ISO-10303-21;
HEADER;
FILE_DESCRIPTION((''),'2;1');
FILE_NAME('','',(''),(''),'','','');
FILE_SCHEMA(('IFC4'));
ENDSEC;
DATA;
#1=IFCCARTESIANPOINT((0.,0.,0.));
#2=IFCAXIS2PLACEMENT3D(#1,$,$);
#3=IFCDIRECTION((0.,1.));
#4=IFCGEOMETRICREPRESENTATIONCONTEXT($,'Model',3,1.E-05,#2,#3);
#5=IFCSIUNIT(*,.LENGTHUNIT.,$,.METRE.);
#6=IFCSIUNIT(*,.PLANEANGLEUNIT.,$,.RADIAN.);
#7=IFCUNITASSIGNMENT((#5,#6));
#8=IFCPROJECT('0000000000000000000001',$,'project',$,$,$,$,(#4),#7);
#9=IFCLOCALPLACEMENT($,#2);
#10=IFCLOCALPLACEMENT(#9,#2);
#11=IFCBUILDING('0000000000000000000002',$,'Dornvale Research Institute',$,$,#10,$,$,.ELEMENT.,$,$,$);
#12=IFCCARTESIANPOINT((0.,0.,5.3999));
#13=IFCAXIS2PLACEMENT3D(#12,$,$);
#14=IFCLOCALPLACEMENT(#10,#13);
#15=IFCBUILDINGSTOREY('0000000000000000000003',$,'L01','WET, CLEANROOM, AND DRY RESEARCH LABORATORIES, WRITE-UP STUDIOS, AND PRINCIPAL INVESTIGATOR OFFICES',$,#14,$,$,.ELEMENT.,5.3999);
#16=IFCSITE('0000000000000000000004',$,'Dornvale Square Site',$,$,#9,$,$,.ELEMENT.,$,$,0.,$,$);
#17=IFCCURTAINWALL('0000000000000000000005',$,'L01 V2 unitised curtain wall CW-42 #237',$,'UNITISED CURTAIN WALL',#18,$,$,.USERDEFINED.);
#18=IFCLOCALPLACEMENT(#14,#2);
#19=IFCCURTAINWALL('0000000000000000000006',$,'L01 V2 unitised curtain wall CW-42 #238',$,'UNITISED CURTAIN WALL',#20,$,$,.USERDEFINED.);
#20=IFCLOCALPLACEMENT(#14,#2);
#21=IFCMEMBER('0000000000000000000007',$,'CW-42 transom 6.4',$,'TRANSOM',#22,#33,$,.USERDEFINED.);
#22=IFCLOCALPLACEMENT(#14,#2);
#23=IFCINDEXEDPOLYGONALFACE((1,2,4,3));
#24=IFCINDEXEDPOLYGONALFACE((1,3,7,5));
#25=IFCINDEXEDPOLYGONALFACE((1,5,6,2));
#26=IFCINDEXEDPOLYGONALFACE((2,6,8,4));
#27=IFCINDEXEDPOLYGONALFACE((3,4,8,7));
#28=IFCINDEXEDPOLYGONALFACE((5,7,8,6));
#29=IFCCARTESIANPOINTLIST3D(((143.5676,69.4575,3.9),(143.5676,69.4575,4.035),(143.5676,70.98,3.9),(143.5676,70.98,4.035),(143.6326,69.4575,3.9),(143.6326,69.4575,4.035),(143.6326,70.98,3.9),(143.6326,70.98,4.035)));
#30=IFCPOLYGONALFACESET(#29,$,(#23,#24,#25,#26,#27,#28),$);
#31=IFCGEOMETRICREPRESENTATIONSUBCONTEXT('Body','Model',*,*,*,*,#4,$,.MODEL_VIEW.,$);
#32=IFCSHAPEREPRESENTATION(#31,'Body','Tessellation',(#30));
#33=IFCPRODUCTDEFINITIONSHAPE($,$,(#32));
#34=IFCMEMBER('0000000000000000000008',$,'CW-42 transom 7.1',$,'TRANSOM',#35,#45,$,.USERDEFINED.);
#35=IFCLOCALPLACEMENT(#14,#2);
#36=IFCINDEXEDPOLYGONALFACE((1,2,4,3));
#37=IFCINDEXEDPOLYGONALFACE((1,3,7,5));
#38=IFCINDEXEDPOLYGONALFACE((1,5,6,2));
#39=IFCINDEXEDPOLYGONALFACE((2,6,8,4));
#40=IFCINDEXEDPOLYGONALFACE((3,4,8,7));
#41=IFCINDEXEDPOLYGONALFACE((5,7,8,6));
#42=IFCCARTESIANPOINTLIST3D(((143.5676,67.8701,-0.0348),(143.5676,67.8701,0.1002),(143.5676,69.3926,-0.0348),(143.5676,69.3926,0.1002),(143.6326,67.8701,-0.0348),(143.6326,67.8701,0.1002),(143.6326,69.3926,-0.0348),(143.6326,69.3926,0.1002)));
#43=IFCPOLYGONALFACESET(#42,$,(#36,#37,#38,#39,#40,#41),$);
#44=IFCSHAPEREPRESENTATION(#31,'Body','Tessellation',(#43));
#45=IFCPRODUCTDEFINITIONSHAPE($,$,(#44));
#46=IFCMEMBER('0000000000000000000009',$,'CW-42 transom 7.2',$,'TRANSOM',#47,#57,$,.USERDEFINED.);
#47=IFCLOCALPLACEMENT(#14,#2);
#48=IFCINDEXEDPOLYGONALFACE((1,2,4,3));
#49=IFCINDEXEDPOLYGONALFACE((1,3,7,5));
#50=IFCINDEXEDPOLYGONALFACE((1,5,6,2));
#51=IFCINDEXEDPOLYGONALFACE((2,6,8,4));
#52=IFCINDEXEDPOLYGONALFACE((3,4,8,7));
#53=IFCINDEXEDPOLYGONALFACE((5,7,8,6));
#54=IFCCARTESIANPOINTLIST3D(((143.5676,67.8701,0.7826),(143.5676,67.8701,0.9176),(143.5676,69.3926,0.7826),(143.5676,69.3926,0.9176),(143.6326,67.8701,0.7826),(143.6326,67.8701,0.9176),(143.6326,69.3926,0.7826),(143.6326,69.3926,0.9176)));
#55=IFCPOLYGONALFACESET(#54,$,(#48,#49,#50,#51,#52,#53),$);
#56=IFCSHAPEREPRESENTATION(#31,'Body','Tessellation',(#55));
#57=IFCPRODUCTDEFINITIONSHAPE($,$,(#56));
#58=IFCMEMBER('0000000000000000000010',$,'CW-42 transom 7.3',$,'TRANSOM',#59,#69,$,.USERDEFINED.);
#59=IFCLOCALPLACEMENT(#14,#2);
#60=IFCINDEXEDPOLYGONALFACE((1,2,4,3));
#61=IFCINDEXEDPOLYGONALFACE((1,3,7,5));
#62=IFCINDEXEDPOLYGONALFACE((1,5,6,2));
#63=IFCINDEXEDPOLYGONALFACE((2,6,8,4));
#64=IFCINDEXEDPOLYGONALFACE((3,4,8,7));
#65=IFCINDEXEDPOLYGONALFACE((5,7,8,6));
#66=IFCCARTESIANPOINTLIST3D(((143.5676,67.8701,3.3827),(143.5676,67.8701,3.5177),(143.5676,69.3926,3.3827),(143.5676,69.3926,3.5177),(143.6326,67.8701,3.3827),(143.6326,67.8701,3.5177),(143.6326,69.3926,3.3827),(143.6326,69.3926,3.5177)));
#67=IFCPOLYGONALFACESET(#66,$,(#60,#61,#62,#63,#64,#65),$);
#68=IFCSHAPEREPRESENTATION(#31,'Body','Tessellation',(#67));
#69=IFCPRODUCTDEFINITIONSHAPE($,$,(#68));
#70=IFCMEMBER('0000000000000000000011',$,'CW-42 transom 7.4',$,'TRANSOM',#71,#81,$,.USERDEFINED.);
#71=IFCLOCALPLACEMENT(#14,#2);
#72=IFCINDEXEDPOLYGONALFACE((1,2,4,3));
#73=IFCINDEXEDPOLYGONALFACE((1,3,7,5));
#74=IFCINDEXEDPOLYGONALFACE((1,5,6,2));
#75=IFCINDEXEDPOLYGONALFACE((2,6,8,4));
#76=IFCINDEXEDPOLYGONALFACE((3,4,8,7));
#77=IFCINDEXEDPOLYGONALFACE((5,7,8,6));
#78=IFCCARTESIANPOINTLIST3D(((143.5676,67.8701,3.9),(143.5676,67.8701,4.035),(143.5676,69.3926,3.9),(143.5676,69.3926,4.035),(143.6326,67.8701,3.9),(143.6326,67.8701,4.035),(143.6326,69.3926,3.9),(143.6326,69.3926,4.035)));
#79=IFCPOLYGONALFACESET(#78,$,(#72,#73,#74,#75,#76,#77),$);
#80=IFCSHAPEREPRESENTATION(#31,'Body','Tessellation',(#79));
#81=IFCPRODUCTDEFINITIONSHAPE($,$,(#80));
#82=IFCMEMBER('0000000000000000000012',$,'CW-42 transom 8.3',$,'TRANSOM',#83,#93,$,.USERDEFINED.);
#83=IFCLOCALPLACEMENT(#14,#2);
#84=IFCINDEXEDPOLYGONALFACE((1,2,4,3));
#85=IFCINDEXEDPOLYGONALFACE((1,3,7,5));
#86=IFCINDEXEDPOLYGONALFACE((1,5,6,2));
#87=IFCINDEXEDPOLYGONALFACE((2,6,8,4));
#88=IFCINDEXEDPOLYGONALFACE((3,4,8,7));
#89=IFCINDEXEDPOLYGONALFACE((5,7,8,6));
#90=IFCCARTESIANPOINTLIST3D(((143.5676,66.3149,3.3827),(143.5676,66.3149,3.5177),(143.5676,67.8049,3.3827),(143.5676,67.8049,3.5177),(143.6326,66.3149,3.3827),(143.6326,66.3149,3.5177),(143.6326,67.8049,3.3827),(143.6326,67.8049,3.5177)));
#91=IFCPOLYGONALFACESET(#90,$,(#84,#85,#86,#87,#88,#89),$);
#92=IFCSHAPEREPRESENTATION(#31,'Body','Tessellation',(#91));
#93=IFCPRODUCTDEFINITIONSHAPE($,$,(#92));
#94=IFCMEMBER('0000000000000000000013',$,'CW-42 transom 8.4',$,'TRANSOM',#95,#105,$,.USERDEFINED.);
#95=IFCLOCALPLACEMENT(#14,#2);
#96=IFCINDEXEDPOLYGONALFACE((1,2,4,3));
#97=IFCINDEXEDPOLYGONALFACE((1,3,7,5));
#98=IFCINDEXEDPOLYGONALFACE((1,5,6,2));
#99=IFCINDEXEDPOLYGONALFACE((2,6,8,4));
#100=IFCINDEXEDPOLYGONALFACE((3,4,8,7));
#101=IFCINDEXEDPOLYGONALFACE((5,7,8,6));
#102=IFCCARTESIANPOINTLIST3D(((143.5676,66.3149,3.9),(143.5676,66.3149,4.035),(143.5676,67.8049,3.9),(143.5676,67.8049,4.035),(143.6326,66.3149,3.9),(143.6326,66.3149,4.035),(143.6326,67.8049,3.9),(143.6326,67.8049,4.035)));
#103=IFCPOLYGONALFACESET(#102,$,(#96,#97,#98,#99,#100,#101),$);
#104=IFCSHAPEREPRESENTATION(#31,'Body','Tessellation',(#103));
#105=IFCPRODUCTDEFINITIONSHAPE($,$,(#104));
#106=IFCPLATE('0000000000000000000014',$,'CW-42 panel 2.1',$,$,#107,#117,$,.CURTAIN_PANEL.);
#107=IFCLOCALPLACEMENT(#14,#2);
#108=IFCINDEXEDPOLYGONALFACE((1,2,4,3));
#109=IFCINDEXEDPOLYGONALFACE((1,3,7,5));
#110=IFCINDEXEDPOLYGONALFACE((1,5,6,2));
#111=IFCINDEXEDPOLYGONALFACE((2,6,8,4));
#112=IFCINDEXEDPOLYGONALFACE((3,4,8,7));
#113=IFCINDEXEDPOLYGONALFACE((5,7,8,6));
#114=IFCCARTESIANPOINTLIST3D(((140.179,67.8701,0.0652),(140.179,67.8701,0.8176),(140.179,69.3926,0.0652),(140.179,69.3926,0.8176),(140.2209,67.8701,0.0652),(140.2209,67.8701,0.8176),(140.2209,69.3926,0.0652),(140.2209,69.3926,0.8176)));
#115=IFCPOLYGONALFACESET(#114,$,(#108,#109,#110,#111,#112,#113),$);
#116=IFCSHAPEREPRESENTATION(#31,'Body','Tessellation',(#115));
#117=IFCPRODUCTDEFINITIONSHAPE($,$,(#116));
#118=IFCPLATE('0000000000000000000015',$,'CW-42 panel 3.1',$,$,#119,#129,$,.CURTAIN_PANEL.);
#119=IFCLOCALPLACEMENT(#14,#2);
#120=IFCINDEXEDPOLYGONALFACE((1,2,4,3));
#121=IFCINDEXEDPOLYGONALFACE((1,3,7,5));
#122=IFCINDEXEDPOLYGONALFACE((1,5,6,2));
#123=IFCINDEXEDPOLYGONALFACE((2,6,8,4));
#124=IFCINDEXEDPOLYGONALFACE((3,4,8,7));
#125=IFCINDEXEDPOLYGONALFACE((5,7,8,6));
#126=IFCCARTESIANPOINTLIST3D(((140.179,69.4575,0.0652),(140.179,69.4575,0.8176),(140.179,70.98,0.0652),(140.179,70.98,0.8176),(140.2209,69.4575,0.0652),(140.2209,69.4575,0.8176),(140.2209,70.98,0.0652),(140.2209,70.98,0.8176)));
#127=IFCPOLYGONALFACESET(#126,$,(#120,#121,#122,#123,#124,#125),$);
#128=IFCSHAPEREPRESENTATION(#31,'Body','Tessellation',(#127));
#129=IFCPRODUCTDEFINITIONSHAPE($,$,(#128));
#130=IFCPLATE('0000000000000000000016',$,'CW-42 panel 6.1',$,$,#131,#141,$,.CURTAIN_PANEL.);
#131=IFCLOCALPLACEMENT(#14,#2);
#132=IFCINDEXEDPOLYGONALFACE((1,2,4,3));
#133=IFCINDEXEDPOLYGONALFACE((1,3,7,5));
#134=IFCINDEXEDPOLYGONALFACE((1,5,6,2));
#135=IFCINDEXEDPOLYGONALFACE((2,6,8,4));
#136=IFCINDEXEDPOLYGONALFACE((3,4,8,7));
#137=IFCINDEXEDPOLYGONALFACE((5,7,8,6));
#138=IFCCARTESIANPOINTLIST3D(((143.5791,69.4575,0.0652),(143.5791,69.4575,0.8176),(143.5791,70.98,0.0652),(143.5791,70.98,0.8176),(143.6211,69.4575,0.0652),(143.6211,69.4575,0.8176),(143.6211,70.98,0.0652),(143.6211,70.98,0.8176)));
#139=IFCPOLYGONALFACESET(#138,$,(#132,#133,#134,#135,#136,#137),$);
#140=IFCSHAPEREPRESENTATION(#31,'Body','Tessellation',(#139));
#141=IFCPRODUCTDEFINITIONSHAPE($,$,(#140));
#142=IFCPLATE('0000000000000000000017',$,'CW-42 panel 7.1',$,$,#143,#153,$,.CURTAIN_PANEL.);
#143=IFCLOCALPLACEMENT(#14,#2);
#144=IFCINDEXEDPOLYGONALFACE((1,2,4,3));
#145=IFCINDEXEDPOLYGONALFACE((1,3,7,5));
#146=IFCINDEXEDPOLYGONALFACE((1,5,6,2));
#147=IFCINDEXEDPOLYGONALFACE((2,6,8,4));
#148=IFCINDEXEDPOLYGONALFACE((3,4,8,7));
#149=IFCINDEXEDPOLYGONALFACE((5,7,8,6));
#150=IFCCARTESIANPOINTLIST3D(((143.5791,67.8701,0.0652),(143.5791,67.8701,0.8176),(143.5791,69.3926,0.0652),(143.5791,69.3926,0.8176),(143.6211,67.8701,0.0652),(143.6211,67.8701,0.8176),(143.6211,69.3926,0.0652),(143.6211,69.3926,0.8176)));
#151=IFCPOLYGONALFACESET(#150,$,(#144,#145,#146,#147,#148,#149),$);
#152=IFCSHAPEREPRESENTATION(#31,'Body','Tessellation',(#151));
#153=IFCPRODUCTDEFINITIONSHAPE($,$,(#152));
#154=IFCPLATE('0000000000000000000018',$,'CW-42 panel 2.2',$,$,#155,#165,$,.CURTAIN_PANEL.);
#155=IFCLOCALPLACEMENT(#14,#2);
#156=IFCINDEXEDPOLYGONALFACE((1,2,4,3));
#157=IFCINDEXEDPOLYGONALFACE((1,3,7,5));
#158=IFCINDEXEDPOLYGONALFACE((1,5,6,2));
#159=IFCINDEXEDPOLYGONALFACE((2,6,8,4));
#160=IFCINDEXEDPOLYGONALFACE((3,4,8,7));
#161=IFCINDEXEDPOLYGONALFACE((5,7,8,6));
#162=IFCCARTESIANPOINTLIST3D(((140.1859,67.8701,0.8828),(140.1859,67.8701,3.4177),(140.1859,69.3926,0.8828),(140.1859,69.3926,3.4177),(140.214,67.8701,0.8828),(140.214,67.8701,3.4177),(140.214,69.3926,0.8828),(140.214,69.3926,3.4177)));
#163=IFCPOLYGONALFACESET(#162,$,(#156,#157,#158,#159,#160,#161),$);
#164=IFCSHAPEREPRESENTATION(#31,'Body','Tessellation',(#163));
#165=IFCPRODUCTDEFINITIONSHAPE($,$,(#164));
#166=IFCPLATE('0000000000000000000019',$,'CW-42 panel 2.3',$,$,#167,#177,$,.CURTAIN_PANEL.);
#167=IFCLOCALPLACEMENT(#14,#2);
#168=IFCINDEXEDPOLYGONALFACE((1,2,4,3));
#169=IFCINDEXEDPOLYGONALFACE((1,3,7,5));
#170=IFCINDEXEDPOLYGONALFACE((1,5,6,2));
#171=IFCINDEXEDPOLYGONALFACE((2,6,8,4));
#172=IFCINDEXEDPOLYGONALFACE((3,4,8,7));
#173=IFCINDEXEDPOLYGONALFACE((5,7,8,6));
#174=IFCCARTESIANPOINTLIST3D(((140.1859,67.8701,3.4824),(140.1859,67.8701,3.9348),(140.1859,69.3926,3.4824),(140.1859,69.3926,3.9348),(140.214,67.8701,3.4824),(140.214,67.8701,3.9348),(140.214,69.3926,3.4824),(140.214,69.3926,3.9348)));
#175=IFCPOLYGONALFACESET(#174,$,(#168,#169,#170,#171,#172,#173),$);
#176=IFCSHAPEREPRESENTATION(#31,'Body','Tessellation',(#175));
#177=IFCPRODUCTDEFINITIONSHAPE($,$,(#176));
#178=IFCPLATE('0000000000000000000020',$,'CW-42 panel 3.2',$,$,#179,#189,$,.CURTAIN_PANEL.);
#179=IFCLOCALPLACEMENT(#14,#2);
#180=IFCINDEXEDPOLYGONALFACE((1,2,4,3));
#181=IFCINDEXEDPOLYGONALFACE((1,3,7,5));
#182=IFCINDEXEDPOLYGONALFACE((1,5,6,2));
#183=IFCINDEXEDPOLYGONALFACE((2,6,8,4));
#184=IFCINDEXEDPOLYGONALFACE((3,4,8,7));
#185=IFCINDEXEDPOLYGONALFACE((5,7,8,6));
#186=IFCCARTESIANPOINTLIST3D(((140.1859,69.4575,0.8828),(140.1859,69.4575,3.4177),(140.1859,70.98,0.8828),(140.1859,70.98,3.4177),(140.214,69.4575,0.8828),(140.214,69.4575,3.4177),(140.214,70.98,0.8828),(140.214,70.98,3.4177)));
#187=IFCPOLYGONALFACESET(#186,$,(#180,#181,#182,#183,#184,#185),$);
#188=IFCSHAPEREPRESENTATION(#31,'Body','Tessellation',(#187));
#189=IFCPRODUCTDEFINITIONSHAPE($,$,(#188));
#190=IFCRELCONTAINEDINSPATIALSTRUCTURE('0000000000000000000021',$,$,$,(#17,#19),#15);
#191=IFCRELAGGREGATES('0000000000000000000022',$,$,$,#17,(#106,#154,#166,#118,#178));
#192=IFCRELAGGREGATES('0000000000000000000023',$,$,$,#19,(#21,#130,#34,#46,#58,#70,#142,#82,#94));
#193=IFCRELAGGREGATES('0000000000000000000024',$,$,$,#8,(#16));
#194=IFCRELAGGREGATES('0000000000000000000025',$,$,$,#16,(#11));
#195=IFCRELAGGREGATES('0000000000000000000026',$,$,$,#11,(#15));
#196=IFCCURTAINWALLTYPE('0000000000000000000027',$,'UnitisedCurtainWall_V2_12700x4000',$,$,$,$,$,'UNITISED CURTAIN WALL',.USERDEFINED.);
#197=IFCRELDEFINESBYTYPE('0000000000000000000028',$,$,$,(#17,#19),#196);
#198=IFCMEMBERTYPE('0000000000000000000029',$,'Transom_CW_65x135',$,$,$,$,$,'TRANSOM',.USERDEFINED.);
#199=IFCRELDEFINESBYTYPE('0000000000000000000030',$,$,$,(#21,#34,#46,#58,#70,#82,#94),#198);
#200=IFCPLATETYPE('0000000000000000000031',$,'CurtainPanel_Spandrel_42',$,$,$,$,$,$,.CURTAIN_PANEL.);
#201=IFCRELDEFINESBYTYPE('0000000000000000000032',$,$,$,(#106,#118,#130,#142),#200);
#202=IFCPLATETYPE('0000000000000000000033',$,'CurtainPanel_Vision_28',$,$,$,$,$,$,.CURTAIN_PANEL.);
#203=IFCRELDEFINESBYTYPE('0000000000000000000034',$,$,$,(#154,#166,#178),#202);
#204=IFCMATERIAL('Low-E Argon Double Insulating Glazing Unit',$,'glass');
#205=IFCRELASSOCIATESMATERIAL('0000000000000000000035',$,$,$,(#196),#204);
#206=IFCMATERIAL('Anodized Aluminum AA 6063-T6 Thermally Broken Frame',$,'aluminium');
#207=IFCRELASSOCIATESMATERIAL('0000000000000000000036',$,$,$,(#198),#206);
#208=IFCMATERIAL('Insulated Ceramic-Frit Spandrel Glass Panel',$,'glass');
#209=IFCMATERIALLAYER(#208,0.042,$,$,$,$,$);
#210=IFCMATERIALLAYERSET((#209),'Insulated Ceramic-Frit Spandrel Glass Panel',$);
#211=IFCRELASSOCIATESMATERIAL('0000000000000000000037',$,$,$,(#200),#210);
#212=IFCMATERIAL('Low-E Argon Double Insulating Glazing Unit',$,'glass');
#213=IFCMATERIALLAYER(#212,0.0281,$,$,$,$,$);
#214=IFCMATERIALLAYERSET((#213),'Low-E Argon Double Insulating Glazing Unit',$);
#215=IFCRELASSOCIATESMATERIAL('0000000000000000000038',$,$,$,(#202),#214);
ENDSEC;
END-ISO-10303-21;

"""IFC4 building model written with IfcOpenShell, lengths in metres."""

from ifc_helpers import new_model, si_unit, direction, frame, origin, origin_2d, place, context, subcontext, project, spatial, rectangle, extrude, material, layer, layer_set, material_profile, profile_set, type_object, element, aggregate, save


model = new_model("IFC4")

# Units and contexts
model_context = context("Model", 3, precision=1e-05, world=origin(), true_north=direction((0.0, 1.0)))
body_context = subcontext(model_context, "Body", "Model", "MODEL_VIEW")
ifc_project = project(units=[si_unit("LENGTHUNIT", "METRE"), si_unit("PLANEANGLEUNIT", "RADIAN")], contexts=[model_context])

# Site, building, storey
site_placement = place(None, origin())
site = spatial("IfcSite", under=ifc_project, at=site_placement, Name="Dornvale Square Site", CompositionType="ELEMENT", RefElevation=0.0)
building_placement = place(site_placement, origin())
building = spatial("IfcBuilding", under=site, at=building_placement, Name="Dornvale Research Institute", CompositionType="ELEMENT")
storey_placement = place(building_placement, frame((0.0, 0.0, 5.3999)))
storey = spatial("IfcBuildingStorey", under=building, at=storey_placement, Name="L01", Description="WET, CLEANROOM, AND DRY RESEARCH LABORATORIES, WRITE-UP STUDIOS, AND PRINCIPAL INVESTIGATOR OFFICES", CompositionType="ELEMENT", Elevation=5.3999)

# Curtain walls
ifc_material_1 = material(Name="Low-E Argon Double Insulating Glazing Unit", Category="glass")
curtain_wall_type = type_object("IfcCurtainWallType", Name="UnitisedCurtainWall_V2_12700x4000", ElementType="UNITISED CURTAIN WALL", PredefinedType="USERDEFINED", material=ifc_material_1)
curtain_wall_1_placement = place(storey_placement, origin())
curtain_wall_1 = element("IfcCurtainWall", 1, at=curtain_wall_1_placement, inside=storey, type_object=curtain_wall_type, Name="L01 V2 unitised curtain wall CW-42 #237", ObjectType="UNITISED CURTAIN WALL", PredefinedType="USERDEFINED")
curtain_wall_2_placement = place(storey_placement, origin())
curtain_wall_2 = element("IfcCurtainWall", 2, at=curtain_wall_2_placement, inside=storey, type_object=curtain_wall_type, Name="L01 V2 unitised curtain wall CW-42 #238", ObjectType="UNITISED CURTAIN WALL", PredefinedType="USERDEFINED")

# Members
ifc_material_2 = material(Name="Anodized Aluminum AA 6063-T6 Thermally Broken Frame", Category="aluminium")
ifc_material_profile_1 = material_profile(ifc_material_2, rectangle(XDim=0.0649, YDim=0.135, at=origin_2d()), Name="ALU TRANSOM 65x135")
ifc_profile_set_1 = profile_set([ifc_material_profile_1], Name="Anodized Aluminum AA 6063-T6 Thermally Broken Frame")
member_type_1 = type_object("IfcMemberType", Name="Transom_CW_65x135", ElementType="TRANSOM", PredefinedType="USERDEFINED", material=ifc_profile_set_1)
member_1_placement = place(storey_placement, frame((143.6001, 70.98, 3.9675), z_axis=(0.0, -1.0, 0.0), x_axis=(1.0, 0.0, 0.0)))
member_1 = element("IfcMember", 3, at=member_1_placement, type_object=member_type_1, Name="CW-42 transom 6.4", ObjectType="TRANSOM", PredefinedType="USERDEFINED", context=body_context, shape_type="SweptSolid", body=[
    extrude(rectangle(XDim=0.0649, YDim=0.135, at=origin_2d()), origin(), (0.0, 0.0, 1.0), 1.5225),
])
member_2_placement = place(storey_placement, frame((143.6001, 69.3926, 0.0327), z_axis=(0.0, -1.0, 0.0), x_axis=(1.0, 0.0, 0.0)))
member_2 = element("IfcMember", 4, at=member_2_placement, type_object=member_type_1, Name="CW-42 transom 7.1", ObjectType="TRANSOM", PredefinedType="USERDEFINED", context=body_context, shape_type="SweptSolid", body=[
    extrude(rectangle(XDim=0.0649, YDim=0.135, at=origin_2d()), origin(), (0.0, 0.0, 1.0), 1.5225),
])
member_3_placement = place(storey_placement, frame((143.6001, 69.3926, 0.8501), z_axis=(0.0, -1.0, 0.0), x_axis=(1.0, 0.0, 0.0)))
member_3 = element("IfcMember", 5, at=member_3_placement, type_object=member_type_1, Name="CW-42 transom 7.2", ObjectType="TRANSOM", PredefinedType="USERDEFINED", context=body_context, shape_type="SweptSolid", body=[
    extrude(rectangle(XDim=0.0649, YDim=0.135, at=origin_2d()), origin(), (0.0, 0.0, 1.0), 1.5225),
])
member_4_placement = place(storey_placement, frame((143.6001, 69.3926, 3.4502), z_axis=(0.0, -1.0, 0.0), x_axis=(1.0, 0.0, 0.0)))
member_4 = element("IfcMember", 6, at=member_4_placement, type_object=member_type_1, Name="CW-42 transom 7.3", ObjectType="TRANSOM", PredefinedType="USERDEFINED", context=body_context, shape_type="SweptSolid", body=[
    extrude(rectangle(XDim=0.0649, YDim=0.135, at=origin_2d()), origin(), (0.0, 0.0, 1.0), 1.5225),
])
member_5_placement = place(storey_placement, frame((143.6001, 69.3926, 3.9675), z_axis=(0.0, -1.0, 0.0), x_axis=(1.0, 0.0, 0.0)))
member_5 = element("IfcMember", 7, at=member_5_placement, type_object=member_type_1, Name="CW-42 transom 7.4", ObjectType="TRANSOM", PredefinedType="USERDEFINED", context=body_context, shape_type="SweptSolid", body=[
    extrude(rectangle(XDim=0.0649, YDim=0.135, at=origin_2d()), origin(), (0.0, 0.0, 1.0), 1.5225),
])
member_6_placement = place(storey_placement, frame((143.6001, 67.8049, 3.4502), z_axis=(0.0, -1.0, 0.0), x_axis=(1.0, 0.0, 0.0)))
member_6 = element("IfcMember", 8, at=member_6_placement, type_object=member_type_1, Name="CW-42 transom 8.3", ObjectType="TRANSOM", PredefinedType="USERDEFINED", context=body_context, shape_type="SweptSolid", body=[
    extrude(rectangle(XDim=0.0649, YDim=0.135, at=origin_2d()), origin(), (0.0, 0.0, 1.0), 1.49),
])
member_7_placement = place(storey_placement, frame((143.6001, 67.8049, 3.9675), z_axis=(0.0, -1.0, 0.0), x_axis=(1.0, 0.0, 0.0)))
member_7 = element("IfcMember", 9, at=member_7_placement, type_object=member_type_1, Name="CW-42 transom 8.4", ObjectType="TRANSOM", PredefinedType="USERDEFINED", context=body_context, shape_type="SweptSolid", body=[
    extrude(rectangle(XDim=0.0649, YDim=0.135, at=origin_2d()), origin(), (0.0, 0.0, 1.0), 1.49),
])

# Plates
ifc_material_3 = material(Name="Insulated Ceramic-Frit Spandrel Glass Panel", Category="glass")
ifc_layer_1 = layer(ifc_material_3, 0.042)
ifc_layer_set_1 = layer_set([ifc_layer_1], Name="Insulated Ceramic-Frit Spandrel Glass Panel")
plate_type_1 = type_object("IfcPlateType", Name="CurtainPanel_Spandrel_42", PredefinedType="CURTAIN_PANEL", material=ifc_layer_set_1)
plate_1_placement = place(storey_placement, frame((140.2, 68.6313, 0.0652), z_axis=(0.0, 0.0, 1.0), x_axis=(0.0, 1.0, 0.0)))
plate_1 = element("IfcPlate", 10, at=plate_1_placement, type_object=plate_type_1, Name="CW-42 panel 2.1", PredefinedType="CURTAIN_PANEL", context=body_context, shape_type="SweptSolid", body=[
    extrude(rectangle(XDim=1.5225, YDim=0.042, at=origin_2d()), origin(), (0.0, 0.0, 1.0), 0.7524),
])
plate_2_placement = place(storey_placement, frame((140.2, 70.2188, 0.0652), z_axis=(0.0, 0.0, 1.0), x_axis=(0.0, 1.0, 0.0)))
plate_2 = element("IfcPlate", 11, at=plate_2_placement, type_object=plate_type_1, Name="CW-42 panel 3.1", PredefinedType="CURTAIN_PANEL", context=body_context, shape_type="SweptSolid", body=[
    extrude(rectangle(XDim=1.5225, YDim=0.042, at=origin_2d()), origin(), (0.0, 0.0, 1.0), 0.7524),
])
plate_3_placement = place(storey_placement, frame((143.6001, 70.2188, 0.0652), z_axis=(0.0, 0.0, 1.0), x_axis=(0.0, -1.0, 0.0)))
plate_3 = element("IfcPlate", 12, at=plate_3_placement, type_object=plate_type_1, Name="CW-42 panel 6.1", PredefinedType="CURTAIN_PANEL", context=body_context, shape_type="SweptSolid", body=[
    extrude(rectangle(XDim=1.5225, YDim=0.042, at=origin_2d()), origin(), (0.0, 0.0, 1.0), 0.7524),
])
plate_4_placement = place(storey_placement, frame((143.6001, 68.6313, 0.0652), z_axis=(0.0, 0.0, 1.0), x_axis=(0.0, -1.0, 0.0)))
plate_4 = element("IfcPlate", 13, at=plate_4_placement, type_object=plate_type_1, Name="CW-42 panel 7.1", PredefinedType="CURTAIN_PANEL", context=body_context, shape_type="SweptSolid", body=[
    extrude(rectangle(XDim=1.5225, YDim=0.042, at=origin_2d()), origin(), (0.0, 0.0, 1.0), 0.7524),
])
ifc_material_4 = material(Name="Low-E Argon Double Insulating Glazing Unit", Category="glass")
ifc_layer_2 = layer(ifc_material_4, 0.0281)
ifc_layer_set_2 = layer_set([ifc_layer_2], Name="Low-E Argon Double Insulating Glazing Unit")
plate_type_2 = type_object("IfcPlateType", Name="CurtainPanel_Vision_28", PredefinedType="CURTAIN_PANEL", material=ifc_layer_set_2)
plate_5_placement = place(storey_placement, frame((140.2, 68.6313, 0.8828), z_axis=(0.0, 0.0, 1.0), x_axis=(0.0, 1.0, 0.0)))
plate_5 = element("IfcPlate", 14, at=plate_5_placement, type_object=plate_type_2, Name="CW-42 panel 2.2", PredefinedType="CURTAIN_PANEL", context=body_context, shape_type="SweptSolid", body=[
    extrude(rectangle(XDim=1.5225, YDim=0.0281, at=origin_2d()), origin(), (0.0, 0.0, 1.0), 2.5349),
])
plate_6_placement = place(storey_placement, frame((140.2, 68.6313, 3.4824), z_axis=(0.0, 0.0, 1.0), x_axis=(0.0, 1.0, 0.0)))
plate_6 = element("IfcPlate", 15, at=plate_6_placement, type_object=plate_type_2, Name="CW-42 panel 2.3", PredefinedType="CURTAIN_PANEL", context=body_context, shape_type="SweptSolid", body=[
    extrude(rectangle(XDim=1.5225, YDim=0.0281, at=origin_2d()), origin(), (0.0, 0.0, 1.0), 0.4524),
])
plate_7_placement = place(storey_placement, frame((140.2, 70.2188, 0.8828), z_axis=(0.0, 0.0, 1.0), x_axis=(0.0, 1.0, 0.0)))
plate_7 = element("IfcPlate", 16, at=plate_7_placement, type_object=plate_type_2, Name="CW-42 panel 3.2", PredefinedType="CURTAIN_PANEL", context=body_context, shape_type="SweptSolid", body=[
    extrude(rectangle(XDim=1.5225, YDim=0.0281, at=origin_2d()), origin(), (0.0, 0.0, 1.0), 2.5349),
])
aggregate(curtain_wall_1, [plate_1, plate_5, plate_6, plate_2, plate_7])
aggregate(curtain_wall_2, [member_1, plate_3, member_2, member_3, member_4, member_5, plate_4, member_6, member_7])

save(model, "model.ifc")
